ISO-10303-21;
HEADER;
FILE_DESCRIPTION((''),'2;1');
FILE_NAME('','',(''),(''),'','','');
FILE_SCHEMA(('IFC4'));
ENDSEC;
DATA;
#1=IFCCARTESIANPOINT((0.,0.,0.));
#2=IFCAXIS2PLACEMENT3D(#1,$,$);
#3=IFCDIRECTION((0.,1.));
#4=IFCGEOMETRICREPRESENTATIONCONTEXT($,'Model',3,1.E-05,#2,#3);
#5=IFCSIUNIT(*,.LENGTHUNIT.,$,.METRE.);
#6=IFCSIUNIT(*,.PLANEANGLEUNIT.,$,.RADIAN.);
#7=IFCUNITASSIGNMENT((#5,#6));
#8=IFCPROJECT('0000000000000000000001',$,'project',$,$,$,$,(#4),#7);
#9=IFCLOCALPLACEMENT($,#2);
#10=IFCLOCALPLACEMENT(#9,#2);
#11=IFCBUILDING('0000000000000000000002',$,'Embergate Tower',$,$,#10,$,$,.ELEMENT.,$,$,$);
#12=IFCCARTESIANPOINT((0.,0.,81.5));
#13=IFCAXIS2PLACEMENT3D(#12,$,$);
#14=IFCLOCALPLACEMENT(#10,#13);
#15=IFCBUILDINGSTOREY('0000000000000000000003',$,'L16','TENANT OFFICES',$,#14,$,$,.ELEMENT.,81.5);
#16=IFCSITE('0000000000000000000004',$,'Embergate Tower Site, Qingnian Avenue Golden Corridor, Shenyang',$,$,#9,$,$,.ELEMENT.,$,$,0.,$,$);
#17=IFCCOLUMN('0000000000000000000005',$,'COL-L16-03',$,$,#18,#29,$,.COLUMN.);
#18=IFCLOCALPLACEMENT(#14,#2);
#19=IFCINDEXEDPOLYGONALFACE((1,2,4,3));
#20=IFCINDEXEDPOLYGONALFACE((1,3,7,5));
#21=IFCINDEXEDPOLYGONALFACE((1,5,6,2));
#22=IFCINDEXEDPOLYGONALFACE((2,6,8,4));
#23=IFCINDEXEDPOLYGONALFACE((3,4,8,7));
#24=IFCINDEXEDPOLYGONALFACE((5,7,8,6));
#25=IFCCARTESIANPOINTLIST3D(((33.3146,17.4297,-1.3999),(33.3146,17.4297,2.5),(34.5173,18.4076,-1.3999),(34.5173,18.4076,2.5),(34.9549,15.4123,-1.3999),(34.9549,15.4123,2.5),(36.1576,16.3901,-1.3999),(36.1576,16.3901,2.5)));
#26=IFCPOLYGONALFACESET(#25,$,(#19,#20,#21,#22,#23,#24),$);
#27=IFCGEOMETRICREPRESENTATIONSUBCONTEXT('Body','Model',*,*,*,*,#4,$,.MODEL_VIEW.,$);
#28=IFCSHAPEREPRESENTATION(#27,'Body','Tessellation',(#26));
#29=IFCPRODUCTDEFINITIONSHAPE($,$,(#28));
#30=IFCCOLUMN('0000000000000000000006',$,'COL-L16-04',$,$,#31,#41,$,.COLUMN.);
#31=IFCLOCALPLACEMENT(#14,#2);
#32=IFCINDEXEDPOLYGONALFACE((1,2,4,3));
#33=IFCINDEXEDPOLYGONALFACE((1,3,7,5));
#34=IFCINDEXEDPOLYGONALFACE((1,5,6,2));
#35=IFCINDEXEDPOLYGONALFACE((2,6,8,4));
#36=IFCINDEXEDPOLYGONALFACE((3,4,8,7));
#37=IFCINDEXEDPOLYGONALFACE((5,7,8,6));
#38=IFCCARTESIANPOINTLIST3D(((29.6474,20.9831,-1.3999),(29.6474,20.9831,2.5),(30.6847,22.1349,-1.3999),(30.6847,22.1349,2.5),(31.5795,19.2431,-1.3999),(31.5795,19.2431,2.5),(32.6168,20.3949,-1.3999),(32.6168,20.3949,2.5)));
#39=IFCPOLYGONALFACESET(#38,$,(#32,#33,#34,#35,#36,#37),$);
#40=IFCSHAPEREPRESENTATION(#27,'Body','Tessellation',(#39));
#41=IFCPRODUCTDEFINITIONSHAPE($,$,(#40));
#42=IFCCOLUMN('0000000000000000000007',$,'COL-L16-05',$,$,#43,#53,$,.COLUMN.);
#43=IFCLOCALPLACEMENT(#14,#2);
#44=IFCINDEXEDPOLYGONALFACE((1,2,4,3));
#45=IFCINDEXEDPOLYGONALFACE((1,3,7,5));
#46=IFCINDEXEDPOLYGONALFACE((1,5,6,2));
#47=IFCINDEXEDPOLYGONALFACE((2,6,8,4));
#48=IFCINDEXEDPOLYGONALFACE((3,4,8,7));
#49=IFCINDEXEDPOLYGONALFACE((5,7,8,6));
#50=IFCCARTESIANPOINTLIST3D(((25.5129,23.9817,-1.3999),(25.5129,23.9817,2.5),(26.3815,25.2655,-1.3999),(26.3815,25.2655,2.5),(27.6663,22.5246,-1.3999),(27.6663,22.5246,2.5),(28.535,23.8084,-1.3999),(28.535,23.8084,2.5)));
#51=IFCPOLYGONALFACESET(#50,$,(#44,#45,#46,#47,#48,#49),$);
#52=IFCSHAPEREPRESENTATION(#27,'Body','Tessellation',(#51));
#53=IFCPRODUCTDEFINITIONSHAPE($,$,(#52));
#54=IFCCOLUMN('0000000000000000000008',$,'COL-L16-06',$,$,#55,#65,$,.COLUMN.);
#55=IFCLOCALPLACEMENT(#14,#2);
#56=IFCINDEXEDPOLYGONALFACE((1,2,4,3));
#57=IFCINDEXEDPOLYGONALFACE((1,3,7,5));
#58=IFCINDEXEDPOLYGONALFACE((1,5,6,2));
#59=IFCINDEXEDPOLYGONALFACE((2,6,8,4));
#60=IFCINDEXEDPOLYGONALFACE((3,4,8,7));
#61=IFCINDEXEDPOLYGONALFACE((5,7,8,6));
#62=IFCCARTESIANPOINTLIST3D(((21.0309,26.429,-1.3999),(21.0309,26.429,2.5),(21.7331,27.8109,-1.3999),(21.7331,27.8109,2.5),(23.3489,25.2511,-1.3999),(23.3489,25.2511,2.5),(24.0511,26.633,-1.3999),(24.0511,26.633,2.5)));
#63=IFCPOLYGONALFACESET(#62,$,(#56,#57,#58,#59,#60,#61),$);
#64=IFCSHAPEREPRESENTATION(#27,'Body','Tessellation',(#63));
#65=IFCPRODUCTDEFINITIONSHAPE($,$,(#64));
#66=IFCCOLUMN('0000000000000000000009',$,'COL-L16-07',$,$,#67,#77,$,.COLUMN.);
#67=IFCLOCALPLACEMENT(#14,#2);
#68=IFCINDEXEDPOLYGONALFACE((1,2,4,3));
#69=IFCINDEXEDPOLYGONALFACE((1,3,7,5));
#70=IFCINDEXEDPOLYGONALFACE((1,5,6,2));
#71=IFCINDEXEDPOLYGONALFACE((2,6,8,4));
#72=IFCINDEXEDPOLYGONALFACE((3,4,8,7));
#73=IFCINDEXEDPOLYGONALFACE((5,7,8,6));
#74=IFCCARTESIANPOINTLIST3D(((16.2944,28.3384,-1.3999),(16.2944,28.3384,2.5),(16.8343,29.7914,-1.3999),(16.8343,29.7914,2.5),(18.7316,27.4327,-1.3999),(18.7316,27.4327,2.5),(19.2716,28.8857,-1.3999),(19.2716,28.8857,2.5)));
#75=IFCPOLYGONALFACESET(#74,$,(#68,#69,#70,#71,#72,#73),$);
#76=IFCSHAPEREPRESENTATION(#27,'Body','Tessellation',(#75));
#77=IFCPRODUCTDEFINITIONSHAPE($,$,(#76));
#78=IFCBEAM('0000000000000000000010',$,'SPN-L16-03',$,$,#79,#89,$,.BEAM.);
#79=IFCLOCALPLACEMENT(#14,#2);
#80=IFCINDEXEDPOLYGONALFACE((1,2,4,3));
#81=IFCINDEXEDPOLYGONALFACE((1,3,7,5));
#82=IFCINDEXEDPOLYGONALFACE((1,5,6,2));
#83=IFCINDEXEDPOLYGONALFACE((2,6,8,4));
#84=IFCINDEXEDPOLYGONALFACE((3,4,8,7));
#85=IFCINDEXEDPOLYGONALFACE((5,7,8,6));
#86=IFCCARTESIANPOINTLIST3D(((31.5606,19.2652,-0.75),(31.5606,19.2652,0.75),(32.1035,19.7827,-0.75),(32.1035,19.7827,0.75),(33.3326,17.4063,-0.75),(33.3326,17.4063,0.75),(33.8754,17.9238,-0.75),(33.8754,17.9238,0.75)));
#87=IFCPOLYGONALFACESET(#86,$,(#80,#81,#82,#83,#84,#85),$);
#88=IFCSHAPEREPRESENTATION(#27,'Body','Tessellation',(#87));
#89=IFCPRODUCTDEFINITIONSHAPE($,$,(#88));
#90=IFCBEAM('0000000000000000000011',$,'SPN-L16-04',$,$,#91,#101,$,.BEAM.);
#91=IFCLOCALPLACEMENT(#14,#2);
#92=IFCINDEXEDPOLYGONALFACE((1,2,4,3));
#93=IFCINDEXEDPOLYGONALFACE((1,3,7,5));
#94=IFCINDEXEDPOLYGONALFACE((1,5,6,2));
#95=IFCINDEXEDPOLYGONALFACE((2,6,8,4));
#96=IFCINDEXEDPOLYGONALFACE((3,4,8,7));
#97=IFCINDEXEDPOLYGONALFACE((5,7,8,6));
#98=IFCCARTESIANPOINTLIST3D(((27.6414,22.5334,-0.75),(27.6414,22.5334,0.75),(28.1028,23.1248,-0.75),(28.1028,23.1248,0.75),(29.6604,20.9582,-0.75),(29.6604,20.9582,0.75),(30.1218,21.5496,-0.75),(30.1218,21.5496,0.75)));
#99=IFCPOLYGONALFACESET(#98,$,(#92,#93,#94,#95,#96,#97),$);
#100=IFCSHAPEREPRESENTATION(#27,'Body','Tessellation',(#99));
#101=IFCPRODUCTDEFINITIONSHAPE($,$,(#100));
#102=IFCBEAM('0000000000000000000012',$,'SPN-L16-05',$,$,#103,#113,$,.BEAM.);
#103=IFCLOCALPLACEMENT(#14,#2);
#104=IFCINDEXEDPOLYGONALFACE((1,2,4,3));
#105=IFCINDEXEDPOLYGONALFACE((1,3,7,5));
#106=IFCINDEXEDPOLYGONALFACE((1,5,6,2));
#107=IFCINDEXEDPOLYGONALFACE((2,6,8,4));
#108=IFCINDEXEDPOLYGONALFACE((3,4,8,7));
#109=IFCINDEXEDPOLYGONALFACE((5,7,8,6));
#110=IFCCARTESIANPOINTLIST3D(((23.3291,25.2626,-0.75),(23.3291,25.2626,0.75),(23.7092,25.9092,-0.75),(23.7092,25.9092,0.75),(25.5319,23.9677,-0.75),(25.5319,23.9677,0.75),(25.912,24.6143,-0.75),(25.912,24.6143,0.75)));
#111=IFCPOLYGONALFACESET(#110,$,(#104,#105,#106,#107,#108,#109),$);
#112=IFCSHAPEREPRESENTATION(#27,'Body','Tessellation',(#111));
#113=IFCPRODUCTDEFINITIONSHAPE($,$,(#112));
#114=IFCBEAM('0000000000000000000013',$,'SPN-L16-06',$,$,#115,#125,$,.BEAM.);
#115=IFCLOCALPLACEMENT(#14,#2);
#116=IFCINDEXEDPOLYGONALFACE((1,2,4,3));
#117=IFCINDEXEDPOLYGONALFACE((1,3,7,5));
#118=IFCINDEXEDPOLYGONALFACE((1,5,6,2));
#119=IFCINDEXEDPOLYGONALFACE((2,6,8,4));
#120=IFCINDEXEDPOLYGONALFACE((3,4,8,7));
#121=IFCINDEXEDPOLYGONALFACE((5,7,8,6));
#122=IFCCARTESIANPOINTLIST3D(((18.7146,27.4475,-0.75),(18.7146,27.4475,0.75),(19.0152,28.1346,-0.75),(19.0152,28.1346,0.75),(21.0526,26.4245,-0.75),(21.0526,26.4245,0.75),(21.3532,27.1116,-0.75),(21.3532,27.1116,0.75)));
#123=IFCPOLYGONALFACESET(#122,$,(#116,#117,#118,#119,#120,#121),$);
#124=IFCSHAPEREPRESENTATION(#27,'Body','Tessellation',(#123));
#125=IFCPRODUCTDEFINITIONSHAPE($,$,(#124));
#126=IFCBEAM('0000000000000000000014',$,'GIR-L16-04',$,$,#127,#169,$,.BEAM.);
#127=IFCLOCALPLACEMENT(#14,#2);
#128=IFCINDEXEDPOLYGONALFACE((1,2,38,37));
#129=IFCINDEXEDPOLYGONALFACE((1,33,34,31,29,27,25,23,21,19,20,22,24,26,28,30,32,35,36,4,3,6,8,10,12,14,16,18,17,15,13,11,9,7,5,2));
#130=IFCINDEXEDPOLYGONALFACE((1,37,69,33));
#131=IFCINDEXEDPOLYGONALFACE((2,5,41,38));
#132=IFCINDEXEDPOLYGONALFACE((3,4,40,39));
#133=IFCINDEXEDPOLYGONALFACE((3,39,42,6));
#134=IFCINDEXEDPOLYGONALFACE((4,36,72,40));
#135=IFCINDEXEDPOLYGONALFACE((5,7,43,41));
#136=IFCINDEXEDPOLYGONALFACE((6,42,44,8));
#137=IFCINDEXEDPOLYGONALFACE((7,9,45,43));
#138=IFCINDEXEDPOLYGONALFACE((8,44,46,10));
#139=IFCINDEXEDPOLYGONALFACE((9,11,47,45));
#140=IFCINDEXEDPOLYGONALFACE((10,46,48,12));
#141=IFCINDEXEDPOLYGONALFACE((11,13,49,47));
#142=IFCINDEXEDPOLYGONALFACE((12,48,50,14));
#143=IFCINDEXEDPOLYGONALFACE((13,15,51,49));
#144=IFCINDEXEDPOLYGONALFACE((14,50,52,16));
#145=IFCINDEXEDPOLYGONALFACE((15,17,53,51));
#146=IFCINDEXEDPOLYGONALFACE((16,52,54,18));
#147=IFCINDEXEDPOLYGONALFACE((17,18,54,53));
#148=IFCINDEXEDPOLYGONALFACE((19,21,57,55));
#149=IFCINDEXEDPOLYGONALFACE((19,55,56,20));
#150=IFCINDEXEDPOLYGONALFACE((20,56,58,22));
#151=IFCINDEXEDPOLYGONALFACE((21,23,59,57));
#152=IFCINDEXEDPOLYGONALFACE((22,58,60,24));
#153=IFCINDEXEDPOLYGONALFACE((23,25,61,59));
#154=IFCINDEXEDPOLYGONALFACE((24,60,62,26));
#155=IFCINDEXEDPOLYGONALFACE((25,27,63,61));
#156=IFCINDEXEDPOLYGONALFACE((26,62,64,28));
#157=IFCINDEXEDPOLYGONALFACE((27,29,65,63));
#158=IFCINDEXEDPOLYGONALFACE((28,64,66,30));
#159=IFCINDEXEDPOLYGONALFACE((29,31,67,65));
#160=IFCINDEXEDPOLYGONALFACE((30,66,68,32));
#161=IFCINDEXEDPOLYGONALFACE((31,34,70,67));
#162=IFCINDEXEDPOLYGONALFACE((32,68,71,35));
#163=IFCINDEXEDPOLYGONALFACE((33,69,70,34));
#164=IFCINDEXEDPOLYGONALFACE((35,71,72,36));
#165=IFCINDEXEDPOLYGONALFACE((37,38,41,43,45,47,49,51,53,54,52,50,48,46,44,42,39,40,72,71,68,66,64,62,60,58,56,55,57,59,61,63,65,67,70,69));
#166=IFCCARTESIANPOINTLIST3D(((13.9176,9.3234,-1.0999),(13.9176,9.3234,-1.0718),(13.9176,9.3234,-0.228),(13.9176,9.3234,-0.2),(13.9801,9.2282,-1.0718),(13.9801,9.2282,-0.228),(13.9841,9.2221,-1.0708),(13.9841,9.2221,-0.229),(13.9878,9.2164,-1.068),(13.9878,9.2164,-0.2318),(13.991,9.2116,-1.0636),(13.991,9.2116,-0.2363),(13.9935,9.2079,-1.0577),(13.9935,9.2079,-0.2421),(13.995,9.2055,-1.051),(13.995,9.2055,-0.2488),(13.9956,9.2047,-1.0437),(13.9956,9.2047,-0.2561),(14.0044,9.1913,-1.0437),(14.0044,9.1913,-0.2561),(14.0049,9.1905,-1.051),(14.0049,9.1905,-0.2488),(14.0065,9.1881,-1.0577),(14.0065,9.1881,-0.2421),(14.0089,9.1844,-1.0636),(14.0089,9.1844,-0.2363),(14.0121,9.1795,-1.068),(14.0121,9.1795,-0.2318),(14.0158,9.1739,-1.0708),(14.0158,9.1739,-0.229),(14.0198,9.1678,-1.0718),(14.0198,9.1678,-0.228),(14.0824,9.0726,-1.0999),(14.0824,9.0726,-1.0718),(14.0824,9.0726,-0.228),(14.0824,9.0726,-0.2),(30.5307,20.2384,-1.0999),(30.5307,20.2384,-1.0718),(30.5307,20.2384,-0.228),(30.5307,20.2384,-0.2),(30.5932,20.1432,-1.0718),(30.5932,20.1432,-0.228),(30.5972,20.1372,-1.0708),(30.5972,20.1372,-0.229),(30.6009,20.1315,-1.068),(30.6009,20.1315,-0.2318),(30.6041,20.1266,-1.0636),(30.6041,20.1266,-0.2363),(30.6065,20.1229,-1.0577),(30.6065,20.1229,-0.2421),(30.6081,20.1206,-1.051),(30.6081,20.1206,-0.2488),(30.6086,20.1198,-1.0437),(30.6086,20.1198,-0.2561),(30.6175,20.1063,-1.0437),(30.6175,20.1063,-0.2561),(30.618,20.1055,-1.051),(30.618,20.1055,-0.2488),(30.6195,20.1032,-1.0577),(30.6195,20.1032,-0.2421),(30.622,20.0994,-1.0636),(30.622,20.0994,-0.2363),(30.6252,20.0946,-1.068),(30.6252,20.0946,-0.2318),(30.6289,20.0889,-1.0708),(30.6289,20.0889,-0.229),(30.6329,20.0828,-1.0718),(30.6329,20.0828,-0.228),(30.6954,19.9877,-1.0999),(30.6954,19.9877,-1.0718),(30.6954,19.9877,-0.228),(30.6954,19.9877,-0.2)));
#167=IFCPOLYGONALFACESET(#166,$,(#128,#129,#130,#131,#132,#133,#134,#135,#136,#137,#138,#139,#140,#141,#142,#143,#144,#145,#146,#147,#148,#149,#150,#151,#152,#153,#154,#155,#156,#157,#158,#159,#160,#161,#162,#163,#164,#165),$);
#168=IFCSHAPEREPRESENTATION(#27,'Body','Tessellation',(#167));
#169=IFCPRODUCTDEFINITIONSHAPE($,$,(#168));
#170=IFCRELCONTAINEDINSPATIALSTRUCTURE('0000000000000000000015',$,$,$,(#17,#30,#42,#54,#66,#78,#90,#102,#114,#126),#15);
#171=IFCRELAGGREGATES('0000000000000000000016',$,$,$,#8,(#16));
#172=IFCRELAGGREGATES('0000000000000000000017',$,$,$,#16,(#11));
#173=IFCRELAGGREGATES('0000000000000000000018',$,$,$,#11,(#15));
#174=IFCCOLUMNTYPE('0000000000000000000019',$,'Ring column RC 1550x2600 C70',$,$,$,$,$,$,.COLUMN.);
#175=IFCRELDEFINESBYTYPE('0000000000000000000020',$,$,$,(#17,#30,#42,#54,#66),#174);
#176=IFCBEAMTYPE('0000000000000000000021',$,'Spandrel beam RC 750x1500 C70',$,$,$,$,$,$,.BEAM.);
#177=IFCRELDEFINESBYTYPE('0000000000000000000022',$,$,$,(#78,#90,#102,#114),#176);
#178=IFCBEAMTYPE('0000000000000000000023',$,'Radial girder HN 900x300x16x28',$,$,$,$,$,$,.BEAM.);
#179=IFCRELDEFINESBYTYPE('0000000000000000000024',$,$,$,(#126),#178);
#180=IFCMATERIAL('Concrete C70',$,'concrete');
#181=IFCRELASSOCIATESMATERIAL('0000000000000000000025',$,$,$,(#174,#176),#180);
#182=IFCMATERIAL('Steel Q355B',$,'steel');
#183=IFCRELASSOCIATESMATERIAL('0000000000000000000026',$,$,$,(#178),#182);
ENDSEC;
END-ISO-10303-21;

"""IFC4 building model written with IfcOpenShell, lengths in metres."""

from ifc_helpers import new_model, si_unit, direction, frame, origin, origin_2d, place, context, subcontext, project, spatial, rectangle, i_section, extrude, source, transform, mapped, material, material_profile, profile_set, type_object, element, save


model = new_model("IFC4")

# Units and contexts
model_context = context("Model", 3, precision=1e-05, world=origin(), true_north=direction((0.0, 1.0)))
body_context = subcontext(model_context, "Body", "Model", "MODEL_VIEW")
ifc_project = project(units=[si_unit("LENGTHUNIT", "METRE"), si_unit("PLANEANGLEUNIT", "RADIAN")], contexts=[model_context])

# Site, building, storey
site_placement = place(None, origin())
site = spatial("IfcSite", under=ifc_project, at=site_placement, Name="Embergate Tower Site, Qingnian Avenue Golden Corridor, Shenyang", CompositionType="ELEMENT", RefElevation=0.0)
building_placement = place(site_placement, origin())
building = spatial("IfcBuilding", under=site, at=building_placement, Name="Embergate Tower", CompositionType="ELEMENT")
storey_placement = place(building_placement, frame((0.0, 0.0, 81.5)))
storey = spatial("IfcBuildingStorey", under=building, at=storey_placement, Name="L16", Description="TENANT OFFICES", CompositionType="ELEMENT", Elevation=81.5)

# Columns
ifc_material_1 = material(Name="Concrete C70", Category="concrete")
ifc_material_profile_1 = material_profile(ifc_material_1, rectangle(XDim=1.55, YDim=2.6001, at=origin_2d()), Name="RC 1550x2600")
ifc_profile_set_1 = profile_set([ifc_material_profile_1], Name="Concrete C70")
column_type = type_object("IfcColumnType", Name="Ring column RC 1550x2600 C70", PredefinedType="COLUMN", material=ifc_profile_set_1)
shared_shape_1 = source(origin(), body_context, "Body", "SweptSolid", [
    extrude(rectangle(XDim=1.55, YDim=2.6001, at=origin_2d()), origin(), (0.0, 0.0, 1.0), 3.8999),
])
for number, where, z_axis, x_axis, name in (
    (1, (34.7361, 16.9099, -1.3999), (0.0, 0.0, 1.0), (0.775914, 0.630838, 0.0), "COL-L16-03"),
    (2, (31.1321, 20.689, -1.3999), (0.0, 0.0, 1.0), (0.669208, 0.743075, 0.0), "COL-L16-04"),
    (3, (27.0239, 23.895, -1.3999), (0.0, 0.0, 1.0), (0.560393, 0.828227, 0.0), "COL-L16-05"),
    (4, (22.541, 26.531, -1.3999), (0.0, 0.0, 1.0), (0.452995, 0.891513, 0.0), "COL-L16-06"),
    (5, (17.783, 28.6121, -1.3999), (0.0, 0.0, 1.0), (0.348343, 0.937367, 0.0), "COL-L16-07"),
):
    element("IfcColumn", number, at=place(storey_placement, frame(where, z_axis=z_axis, x_axis=x_axis)), inside=storey, type_object=column_type, Name=name, PredefinedType="COLUMN", context=body_context, shape_type="MappedRepresentation", body=[
        mapped(shared_shape_1, transform((0.0, 0.0, 0.0))),
    ])

# Beams
ifc_material_profile_2 = material_profile(ifc_material_1, rectangle(XDim=0.75, YDim=1.5, at=origin_2d()), Name="RC 750x1500")
ifc_profile_set_2 = profile_set([ifc_material_profile_2], Name="Concrete C70")
beam_type_1 = type_object("IfcBeamType", Name="Spandrel beam RC 750x1500 C70", PredefinedType="BEAM", material=ifc_profile_set_2)
shared_shape_2 = source(origin(), body_context, "Body", "SweptSolid", [
    extrude(rectangle(XDim=0.75, YDim=1.5, at=origin_2d()), origin(), (0.0, 0.0, 1.0), 2.5681),
])
beam_1_placement = place(storey_placement, frame((33.604, 17.665, 0.0), z_axis=(-0.689983, 0.723826, 0.0), x_axis=(-0.723826, -0.689983, 0.0)))
element("IfcBeam", 6, at=beam_1_placement, inside=storey, type_object=beam_type_1, Name="SPN-L16-03", PredefinedType="BEAM", context=body_context, shape_type="MappedRepresentation", body=[
    mapped(shared_shape_2, transform((0.0, 0.0, 0.0))),
])
shared_shape_3 = source(origin(), body_context, "Body", "SweptSolid", [
    extrude(rectangle(XDim=0.75, YDim=1.5, at=origin_2d()), origin(), (0.0, 0.0, 1.0), 2.5608),
])
beam_2_placement = place(storey_placement, frame((29.8911, 21.2539, 0.0), z_axis=(-0.788438, 0.615115, 0.0), x_axis=(-0.615115, -0.788438, 0.0)))
element("IfcBeam", 7, at=beam_2_placement, inside=storey, type_object=beam_type_1, Name="SPN-L16-04", PredefinedType="BEAM", context=body_context, shape_type="MappedRepresentation", body=[
    mapped(shared_shape_3, transform((0.0, 0.0, 0.0))),
])
shared_shape_4 = source(origin(), body_context, "Body", "SweptSolid", [
    extrude(rectangle(XDim=0.75, YDim=1.5, at=origin_2d()), origin(), (0.0, 0.0, 1.0), 2.5552),
])
beam_3_placement = place(storey_placement, frame((25.7219, 24.291, 0.0), z_axis=(-0.862086, 0.506761, 0.0), x_axis=(-0.506761, -0.862086, 0.0)))
element("IfcBeam", 8, at=beam_3_placement, inside=storey, type_object=beam_type_1, Name="SPN-L16-05", PredefinedType="BEAM", context=body_context, shape_type="MappedRepresentation", body=[
    mapped(shared_shape_4, transform((0.0, 0.0, 0.0))),
])
shared_shape_5 = source(origin(), body_context, "Body", "SweptSolid", [
    extrude(rectangle(XDim=0.75, YDim=1.5, at=origin_2d()), origin(), (0.0, 0.0, 1.0), 2.552),
])
beam_4_placement = place(storey_placement, frame((21.2029, 26.7681, 0.0), z_axis=(-0.91614, 0.400859, 0.0), x_axis=(-0.400859, -0.91614, 0.0)))
element("IfcBeam", 9, at=beam_4_placement, inside=storey, type_object=beam_type_1, Name="SPN-L16-06", PredefinedType="BEAM", context=body_context, shape_type="MappedRepresentation", body=[
    mapped(shared_shape_5, transform((0.0, 0.0, 0.0))),
])
ifc_material_2 = material(Name="Steel Q355B", Category="steel")
ifc_material_profile_3 = material_profile(ifc_material_2, i_section(OverallWidth=0.3, OverallDepth=0.8999, WebThickness=0.0161, FlangeThickness=0.0281, FilletRadius=0.0281, at=origin_2d()), Name="HN 900x300x16x28")
ifc_profile_set_3 = profile_set([ifc_material_profile_3], Name="Steel Q355 grade B")
beam_type_2 = type_object("IfcBeamType", Name="Radial girder HN 900x300x16x28", PredefinedType="BEAM", material=ifc_profile_set_3)
shared_shape_6 = source(origin(), body_context, "Body", "SweptSolid", [
    extrude(i_section(OverallWidth=0.3, OverallDepth=0.8999, WebThickness=0.0161, FlangeThickness=0.0281, FilletRadius=0.0281, at=origin_2d()), origin(), (0.0, 0.0, 1.0), 19.8779),
])
beam_5_placement = place(storey_placement, frame((30.613, 20.113, -0.6499), z_axis=(-0.835754, -0.549104, 0.0), x_axis=(0.549104, -0.835754, 0.0)))
element("IfcBeam", 10, at=beam_5_placement, inside=storey, type_object=beam_type_2, Name="GIR-L16-04", PredefinedType="BEAM", context=body_context, shape_type="MappedRepresentation", body=[
    mapped(shared_shape_6, transform((0.0, 0.0, 0.0))),
])

save(model, "model.ifc")
